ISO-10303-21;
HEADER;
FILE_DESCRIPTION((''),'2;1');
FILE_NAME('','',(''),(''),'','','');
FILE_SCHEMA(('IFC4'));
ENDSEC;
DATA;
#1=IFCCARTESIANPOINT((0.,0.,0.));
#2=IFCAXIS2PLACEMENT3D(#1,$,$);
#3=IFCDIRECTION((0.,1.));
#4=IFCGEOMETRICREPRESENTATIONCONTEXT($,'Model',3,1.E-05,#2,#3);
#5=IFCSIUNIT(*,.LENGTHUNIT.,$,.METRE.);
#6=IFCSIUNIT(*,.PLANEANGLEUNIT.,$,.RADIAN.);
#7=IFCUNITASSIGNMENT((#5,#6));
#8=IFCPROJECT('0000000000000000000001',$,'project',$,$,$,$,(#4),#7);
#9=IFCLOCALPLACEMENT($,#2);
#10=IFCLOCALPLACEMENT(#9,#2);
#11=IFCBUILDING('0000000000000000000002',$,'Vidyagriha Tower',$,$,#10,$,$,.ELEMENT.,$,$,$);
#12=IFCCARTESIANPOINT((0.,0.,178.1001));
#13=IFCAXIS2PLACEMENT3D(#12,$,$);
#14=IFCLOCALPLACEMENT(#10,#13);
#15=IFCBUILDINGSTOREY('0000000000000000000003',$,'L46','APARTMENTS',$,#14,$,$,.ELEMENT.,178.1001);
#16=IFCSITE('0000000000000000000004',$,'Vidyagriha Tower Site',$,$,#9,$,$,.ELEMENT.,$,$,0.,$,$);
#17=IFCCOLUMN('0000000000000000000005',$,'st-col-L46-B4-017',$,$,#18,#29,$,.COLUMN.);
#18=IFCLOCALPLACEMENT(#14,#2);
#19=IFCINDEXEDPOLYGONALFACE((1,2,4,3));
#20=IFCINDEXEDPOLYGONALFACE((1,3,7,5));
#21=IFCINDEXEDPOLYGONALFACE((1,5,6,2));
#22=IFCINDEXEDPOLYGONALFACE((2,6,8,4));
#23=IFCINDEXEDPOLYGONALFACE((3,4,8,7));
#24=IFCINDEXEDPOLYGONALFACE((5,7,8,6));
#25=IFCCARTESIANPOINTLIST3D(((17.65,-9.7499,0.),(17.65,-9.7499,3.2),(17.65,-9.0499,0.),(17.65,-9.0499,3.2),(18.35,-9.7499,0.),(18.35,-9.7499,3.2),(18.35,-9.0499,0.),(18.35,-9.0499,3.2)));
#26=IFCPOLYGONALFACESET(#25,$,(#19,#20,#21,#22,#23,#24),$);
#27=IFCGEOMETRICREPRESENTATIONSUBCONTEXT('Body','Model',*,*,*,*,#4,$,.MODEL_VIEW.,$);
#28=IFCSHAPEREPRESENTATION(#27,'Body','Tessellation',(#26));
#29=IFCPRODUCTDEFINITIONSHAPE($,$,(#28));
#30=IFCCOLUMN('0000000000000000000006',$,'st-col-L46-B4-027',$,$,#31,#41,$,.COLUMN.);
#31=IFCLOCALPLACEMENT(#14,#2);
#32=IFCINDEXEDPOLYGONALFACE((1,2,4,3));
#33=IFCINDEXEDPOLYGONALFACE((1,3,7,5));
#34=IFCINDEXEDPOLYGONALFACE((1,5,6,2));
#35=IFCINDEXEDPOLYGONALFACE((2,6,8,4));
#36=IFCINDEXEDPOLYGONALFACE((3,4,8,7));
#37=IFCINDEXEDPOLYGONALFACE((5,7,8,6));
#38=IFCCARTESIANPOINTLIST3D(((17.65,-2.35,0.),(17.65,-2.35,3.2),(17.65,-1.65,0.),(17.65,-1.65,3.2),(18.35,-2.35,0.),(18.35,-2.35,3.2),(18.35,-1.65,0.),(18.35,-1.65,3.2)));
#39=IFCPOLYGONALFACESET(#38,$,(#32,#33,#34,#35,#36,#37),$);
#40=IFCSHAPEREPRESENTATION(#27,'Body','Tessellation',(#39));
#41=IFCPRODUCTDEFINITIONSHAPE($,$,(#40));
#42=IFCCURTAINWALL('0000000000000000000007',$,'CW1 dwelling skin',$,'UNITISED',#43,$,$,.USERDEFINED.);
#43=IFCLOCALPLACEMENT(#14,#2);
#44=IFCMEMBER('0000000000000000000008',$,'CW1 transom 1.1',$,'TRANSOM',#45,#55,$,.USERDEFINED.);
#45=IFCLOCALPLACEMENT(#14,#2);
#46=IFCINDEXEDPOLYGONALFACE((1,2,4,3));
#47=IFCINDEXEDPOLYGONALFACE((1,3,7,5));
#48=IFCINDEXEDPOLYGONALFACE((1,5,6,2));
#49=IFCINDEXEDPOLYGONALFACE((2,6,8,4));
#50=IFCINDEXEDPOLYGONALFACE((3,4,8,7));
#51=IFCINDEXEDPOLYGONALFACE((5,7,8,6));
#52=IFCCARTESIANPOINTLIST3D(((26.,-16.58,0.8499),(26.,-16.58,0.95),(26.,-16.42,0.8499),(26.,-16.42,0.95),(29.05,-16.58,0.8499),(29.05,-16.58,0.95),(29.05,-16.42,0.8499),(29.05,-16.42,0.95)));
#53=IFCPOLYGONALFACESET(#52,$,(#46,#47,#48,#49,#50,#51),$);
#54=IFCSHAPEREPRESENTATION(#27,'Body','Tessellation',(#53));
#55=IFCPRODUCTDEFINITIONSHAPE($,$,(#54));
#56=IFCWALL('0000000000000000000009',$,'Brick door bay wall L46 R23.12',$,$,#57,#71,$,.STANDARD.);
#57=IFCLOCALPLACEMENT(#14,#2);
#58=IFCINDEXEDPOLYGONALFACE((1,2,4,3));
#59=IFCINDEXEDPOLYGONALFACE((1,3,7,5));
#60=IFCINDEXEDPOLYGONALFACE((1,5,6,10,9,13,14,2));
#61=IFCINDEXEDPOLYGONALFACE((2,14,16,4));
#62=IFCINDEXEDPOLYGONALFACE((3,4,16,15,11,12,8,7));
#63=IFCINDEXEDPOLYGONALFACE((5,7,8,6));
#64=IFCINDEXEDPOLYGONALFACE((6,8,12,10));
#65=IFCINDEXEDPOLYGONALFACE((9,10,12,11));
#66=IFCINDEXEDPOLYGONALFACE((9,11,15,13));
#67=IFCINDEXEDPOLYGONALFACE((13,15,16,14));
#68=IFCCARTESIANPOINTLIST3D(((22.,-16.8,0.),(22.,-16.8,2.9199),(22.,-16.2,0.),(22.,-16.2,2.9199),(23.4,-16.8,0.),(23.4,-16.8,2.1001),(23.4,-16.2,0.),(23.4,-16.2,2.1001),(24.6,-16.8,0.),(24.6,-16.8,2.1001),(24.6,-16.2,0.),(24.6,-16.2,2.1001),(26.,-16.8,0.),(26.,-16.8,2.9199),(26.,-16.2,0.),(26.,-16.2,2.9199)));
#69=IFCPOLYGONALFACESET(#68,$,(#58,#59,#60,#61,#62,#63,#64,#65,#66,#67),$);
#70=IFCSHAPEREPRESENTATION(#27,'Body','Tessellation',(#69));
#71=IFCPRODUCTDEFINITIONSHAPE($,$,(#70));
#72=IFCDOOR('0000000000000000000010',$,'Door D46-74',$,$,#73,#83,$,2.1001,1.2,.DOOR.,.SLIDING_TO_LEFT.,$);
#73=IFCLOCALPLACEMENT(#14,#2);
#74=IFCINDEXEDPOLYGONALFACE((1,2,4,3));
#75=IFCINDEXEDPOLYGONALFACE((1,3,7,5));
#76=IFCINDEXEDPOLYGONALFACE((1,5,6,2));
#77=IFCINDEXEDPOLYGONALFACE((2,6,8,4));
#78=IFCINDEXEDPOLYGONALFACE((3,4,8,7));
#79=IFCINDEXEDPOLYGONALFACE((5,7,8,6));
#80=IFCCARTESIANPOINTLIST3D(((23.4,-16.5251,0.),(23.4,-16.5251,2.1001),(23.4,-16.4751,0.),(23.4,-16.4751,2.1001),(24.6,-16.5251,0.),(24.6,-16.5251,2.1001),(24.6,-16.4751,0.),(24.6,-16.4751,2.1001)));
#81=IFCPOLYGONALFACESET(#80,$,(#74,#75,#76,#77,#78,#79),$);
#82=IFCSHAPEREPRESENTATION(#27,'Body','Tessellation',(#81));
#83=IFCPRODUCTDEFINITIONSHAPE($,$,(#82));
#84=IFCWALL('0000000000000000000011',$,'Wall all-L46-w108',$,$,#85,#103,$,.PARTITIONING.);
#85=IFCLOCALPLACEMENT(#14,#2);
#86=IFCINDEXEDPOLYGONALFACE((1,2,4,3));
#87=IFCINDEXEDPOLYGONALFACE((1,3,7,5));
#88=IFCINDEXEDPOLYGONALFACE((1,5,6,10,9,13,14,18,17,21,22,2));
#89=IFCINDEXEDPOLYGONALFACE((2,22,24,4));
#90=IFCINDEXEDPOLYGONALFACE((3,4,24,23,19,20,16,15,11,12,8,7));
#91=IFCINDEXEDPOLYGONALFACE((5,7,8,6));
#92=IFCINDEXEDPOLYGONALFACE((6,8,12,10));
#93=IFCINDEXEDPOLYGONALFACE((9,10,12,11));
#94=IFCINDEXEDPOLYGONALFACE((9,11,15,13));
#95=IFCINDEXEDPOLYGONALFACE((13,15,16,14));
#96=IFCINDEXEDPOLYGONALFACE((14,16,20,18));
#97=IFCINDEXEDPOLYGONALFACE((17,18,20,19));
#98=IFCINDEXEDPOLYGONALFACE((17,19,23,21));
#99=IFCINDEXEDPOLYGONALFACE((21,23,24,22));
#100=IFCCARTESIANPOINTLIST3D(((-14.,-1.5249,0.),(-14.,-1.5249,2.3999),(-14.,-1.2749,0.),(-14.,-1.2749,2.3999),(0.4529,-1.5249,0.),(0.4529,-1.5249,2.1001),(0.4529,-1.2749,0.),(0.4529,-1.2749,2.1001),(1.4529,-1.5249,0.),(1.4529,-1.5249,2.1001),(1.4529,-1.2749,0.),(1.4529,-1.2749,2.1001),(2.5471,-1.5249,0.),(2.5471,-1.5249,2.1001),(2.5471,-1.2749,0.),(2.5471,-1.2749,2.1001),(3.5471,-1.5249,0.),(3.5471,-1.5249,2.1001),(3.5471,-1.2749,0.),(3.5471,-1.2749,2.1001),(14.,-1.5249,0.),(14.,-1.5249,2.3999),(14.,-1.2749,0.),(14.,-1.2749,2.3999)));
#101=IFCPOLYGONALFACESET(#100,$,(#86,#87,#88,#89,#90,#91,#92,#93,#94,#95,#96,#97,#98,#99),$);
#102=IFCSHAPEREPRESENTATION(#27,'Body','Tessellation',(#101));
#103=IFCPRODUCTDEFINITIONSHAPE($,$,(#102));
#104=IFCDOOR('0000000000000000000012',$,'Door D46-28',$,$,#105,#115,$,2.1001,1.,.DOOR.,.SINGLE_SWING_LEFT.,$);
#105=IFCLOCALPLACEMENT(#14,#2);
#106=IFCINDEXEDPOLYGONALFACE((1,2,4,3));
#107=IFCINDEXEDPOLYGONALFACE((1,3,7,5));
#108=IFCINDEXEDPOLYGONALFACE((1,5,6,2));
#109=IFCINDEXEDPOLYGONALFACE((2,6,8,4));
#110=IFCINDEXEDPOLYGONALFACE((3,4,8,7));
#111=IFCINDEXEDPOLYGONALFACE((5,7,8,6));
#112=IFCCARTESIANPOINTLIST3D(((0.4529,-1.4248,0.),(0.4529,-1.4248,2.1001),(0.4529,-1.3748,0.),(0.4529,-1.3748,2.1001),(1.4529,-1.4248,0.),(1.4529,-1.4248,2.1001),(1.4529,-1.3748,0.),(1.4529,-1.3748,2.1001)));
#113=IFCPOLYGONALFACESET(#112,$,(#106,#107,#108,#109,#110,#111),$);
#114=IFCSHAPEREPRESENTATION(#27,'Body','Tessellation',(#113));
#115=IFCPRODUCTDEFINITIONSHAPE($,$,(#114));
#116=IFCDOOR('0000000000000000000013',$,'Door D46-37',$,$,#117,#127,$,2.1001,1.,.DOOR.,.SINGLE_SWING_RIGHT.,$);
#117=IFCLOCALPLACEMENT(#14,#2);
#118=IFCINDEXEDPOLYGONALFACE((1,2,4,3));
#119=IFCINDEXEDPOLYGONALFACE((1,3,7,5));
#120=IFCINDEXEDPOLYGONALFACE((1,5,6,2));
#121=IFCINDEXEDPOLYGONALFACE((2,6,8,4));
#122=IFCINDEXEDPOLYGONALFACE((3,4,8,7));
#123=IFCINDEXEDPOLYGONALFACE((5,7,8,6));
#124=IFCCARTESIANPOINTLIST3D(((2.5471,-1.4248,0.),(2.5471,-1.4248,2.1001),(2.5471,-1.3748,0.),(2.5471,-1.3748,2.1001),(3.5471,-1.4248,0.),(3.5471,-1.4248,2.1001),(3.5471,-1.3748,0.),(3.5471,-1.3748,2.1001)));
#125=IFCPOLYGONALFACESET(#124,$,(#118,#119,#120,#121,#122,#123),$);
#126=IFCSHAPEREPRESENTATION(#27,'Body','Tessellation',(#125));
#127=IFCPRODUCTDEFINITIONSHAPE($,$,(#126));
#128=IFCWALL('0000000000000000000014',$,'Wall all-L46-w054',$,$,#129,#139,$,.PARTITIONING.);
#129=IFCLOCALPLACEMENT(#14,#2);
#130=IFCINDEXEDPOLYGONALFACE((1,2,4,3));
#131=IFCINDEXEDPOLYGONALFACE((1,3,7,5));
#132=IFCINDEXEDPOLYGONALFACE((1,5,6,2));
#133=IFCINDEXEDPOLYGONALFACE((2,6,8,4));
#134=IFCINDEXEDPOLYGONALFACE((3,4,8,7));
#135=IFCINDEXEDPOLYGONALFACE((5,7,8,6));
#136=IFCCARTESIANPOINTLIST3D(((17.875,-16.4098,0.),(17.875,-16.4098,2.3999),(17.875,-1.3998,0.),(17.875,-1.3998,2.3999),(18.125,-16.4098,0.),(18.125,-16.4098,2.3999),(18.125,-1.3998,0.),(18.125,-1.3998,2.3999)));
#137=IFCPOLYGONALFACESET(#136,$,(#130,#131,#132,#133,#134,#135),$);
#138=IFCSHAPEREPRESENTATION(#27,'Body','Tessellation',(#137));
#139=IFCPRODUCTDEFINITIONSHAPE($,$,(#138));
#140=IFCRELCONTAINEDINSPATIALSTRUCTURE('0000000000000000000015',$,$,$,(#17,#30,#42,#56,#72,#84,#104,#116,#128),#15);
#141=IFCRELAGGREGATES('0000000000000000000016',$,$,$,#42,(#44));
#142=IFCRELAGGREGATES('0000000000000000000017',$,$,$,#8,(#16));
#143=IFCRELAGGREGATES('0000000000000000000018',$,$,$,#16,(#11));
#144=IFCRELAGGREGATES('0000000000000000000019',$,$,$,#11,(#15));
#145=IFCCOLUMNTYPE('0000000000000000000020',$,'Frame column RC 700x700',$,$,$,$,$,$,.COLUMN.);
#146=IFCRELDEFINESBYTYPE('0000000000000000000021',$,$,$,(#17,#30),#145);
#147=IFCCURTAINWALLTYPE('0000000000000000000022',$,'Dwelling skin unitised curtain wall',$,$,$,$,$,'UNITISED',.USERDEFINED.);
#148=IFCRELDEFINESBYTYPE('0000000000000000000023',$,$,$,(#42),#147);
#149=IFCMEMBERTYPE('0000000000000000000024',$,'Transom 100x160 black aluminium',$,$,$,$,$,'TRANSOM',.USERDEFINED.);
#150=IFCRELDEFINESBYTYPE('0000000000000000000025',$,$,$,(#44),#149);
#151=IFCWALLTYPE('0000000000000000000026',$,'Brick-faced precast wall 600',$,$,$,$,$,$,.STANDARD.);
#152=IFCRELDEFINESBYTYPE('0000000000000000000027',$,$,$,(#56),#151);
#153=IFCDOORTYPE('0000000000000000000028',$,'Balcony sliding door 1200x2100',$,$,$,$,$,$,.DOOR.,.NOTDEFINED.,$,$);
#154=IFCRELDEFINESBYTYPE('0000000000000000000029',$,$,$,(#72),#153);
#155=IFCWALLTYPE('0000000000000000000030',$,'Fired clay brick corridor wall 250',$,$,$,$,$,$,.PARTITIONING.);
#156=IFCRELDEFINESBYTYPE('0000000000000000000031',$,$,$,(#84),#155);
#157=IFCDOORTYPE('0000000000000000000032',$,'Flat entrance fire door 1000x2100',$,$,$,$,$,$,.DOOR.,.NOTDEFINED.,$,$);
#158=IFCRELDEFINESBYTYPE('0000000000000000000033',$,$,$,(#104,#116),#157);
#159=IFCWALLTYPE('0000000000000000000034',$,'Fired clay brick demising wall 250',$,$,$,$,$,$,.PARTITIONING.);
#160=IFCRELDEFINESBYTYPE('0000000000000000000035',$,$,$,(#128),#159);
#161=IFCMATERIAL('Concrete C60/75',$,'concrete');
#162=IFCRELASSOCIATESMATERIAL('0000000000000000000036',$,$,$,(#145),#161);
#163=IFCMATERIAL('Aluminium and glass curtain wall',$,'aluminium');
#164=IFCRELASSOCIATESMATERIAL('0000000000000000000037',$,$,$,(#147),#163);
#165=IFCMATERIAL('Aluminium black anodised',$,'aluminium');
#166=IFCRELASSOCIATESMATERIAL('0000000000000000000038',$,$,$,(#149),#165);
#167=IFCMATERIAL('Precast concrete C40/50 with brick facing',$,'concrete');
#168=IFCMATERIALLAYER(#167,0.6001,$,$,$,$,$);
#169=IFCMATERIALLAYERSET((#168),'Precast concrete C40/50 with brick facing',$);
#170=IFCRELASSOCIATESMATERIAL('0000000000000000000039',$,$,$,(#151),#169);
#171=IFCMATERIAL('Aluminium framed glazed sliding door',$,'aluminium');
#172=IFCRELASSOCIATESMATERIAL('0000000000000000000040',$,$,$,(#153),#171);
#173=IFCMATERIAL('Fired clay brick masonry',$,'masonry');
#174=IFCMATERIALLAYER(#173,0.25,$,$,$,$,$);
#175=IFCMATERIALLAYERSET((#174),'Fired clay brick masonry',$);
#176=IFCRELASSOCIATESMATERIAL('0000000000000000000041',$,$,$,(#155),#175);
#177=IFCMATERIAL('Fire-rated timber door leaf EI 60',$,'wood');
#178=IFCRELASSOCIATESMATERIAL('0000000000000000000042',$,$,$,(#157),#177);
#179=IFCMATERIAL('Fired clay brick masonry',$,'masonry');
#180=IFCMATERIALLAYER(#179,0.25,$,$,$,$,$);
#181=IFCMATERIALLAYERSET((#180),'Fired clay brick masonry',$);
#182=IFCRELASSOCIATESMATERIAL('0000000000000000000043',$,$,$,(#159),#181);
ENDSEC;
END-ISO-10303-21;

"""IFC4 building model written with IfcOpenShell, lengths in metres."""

from ifc_helpers import new_model, si_unit, direction, frame, frame_2d, origin, origin_2d, place, context, subcontext, project, spatial, rectangle, extrude, material, layer, layer_set, material_profile, profile_set, type_object, element, fill, aggregate, save


model = new_model("IFC4")

# Units and contexts
model_context = context("Model", 3, precision=1e-05, world=origin(), true_north=direction((0.0, 1.0)))
body_context = subcontext(model_context, "Body", "Model", "MODEL_VIEW")
ifc_project = project(units=[si_unit("LENGTHUNIT", "METRE"), si_unit("PLANEANGLEUNIT", "RADIAN")], contexts=[model_context])

# Site, building, storey
site_placement = place(None, origin())
site = spatial("IfcSite", under=ifc_project, at=site_placement, Name="Vidyagriha Tower Site", CompositionType="ELEMENT", RefElevation=0.0)
building_placement = place(site_placement, origin())
building = spatial("IfcBuilding", under=site, at=building_placement, Name="Vidyagriha Tower", CompositionType="ELEMENT")
storey_placement = place(building_placement, frame((0.0, 0.0, 178.1001)))
storey = spatial("IfcBuildingStorey", under=building, at=storey_placement, Name="L46", Description="APARTMENTS", CompositionType="ELEMENT", Elevation=178.1001)

# Columns
ifc_material_1 = material(Name="Concrete C60/75", Category="concrete")
ifc_material_profile_1 = material_profile(ifc_material_1, rectangle(XDim=0.7, YDim=0.7, at=origin_2d()), Name="RC 700x700")
ifc_profile_set_1 = profile_set([ifc_material_profile_1], Name="Concrete C60/75")
column_type = type_object("IfcColumnType", Name="Frame column RC 700x700", PredefinedType="COLUMN", material=ifc_profile_set_1)
for number, where, name in (
    (1, (18.0, -9.3999, 0.0), "st-col-L46-B4-017"),
    (2, (18.0, -2.0, 0.0), "st-col-L46-B4-027"),
):
    element("IfcColumn", number, at=place(storey_placement, frame(where)), inside=storey, type_object=column_type, Name=name, PredefinedType="COLUMN", context=body_context, shape_type="SweptSolid", body=[
        extrude(rectangle(XDim=0.7, YDim=0.7, at=origin_2d()), origin(), (0.0, 0.0, 1.0), 3.2),
    ])

# Curtain wall, member
ifc_material_2 = material(Name="Aluminium and glass curtain wall", Category="aluminium")
curtain_wall_type = type_object("IfcCurtainWallType", Name="Dwelling skin unitised curtain wall", ElementType="UNITISED", PredefinedType="USERDEFINED", material=ifc_material_2)
curtain_wall_placement = place(storey_placement, origin())
curtain_wall = element("IfcCurtainWall", 3, at=curtain_wall_placement, inside=storey, type_object=curtain_wall_type, Name="CW1 dwelling skin", ObjectType="UNITISED", PredefinedType="USERDEFINED")
ifc_material_3 = material(Name="Aluminium black anodised", Category="aluminium")
ifc_material_profile_2 = material_profile(ifc_material_3, rectangle(XDim=0.1599, YDim=0.1001, at=origin_2d()), Name="Transom 100x160 black aluminium")
ifc_profile_set_2 = profile_set([ifc_material_profile_2], Name="Aluminium black anodised")
member_type = type_object("IfcMemberType", Name="Transom 100x160 black aluminium", ElementType="TRANSOM", PredefinedType="USERDEFINED", material=ifc_profile_set_2)
member_placement = place(storey_placement, frame((26.0, -16.5, 0.8999), z_axis=(1.0, 0.0, 0.0), x_axis=(0.0, 1.0, 0.0)))
member = element("IfcMember", 4, at=member_placement, type_object=member_type, Name="CW1 transom 1.1", ObjectType="TRANSOM", PredefinedType="USERDEFINED", context=body_context, shape_type="SweptSolid", body=[
    extrude(rectangle(XDim=0.1599, YDim=0.1001, at=origin_2d()), origin(), (0.0, 0.0, 1.0), 3.05),
])
aggregate(curtain_wall, [member])

# Wall, opening, door
ifc_material_4 = material(Name="Precast concrete C40/50 with brick facing", Category="concrete")
ifc_layer_1 = layer(ifc_material_4, 0.6001)
ifc_layer_set_1 = layer_set([ifc_layer_1], Name="Precast concrete C40/50 with brick facing")
wall_type_1 = type_object("IfcWallType", Name="Brick-faced precast wall 600", PredefinedType="STANDARD", material=ifc_layer_set_1)
wall_1_placement = place(storey_placement, frame((22.0, -16.5, 0.0)))
wall_1 = element("IfcWall", 5, at=wall_1_placement, inside=storey, type_object=wall_type_1, Name="Brick door bay wall L46 R23.12", PredefinedType="STANDARD", context=body_context, shape_type="SweptSolid", body=[
    extrude(rectangle(XDim=4.0, YDim=0.6001, at=frame_2d((2.0, 0.0))), origin(), (0.0, 0.0, 1.0), 2.9199),
])
opening_1_placement = place(wall_1_placement, frame((1.3999, 0.0, 0.0)))
opening_1 = element("IfcOpeningElement", 6, at=opening_1_placement, cuts=wall_1, PredefinedType="OPENING", context=body_context, shape_type="SweptSolid", body=[
    extrude(rectangle(XDim=1.2, YDim=2.1001, at=frame_2d((0.6001, 1.05))), frame((0.0, 0.3101, 0.0), z_axis=(0.0, -1.0, 0.0), x_axis=(1.0, 0.0, 0.0)), (0.0, 0.0, 1.0), 0.6201),
])
ifc_material_5 = material(Name="Aluminium framed glazed sliding door", Category="aluminium")
door_type_1 = type_object("IfcDoorType", Name="Balcony sliding door 1200x2100", OperationType="NOTDEFINED", PredefinedType="DOOR", material=ifc_material_5)
door_1_placement = place(opening_1_placement, origin())
door_1 = element("IfcDoor", 7, at=door_1_placement, inside=storey, type_object=door_type_1, Name="Door D46-74", OperationType="SLIDING_TO_LEFT", OverallHeight=2.1001, OverallWidth=1.2, PredefinedType="DOOR", context=body_context, shape_type="SweptSolid", body=[
    extrude(rectangle(XDim=1.2, YDim=2.1001, at=frame_2d((0.6001, 1.05))), frame((0.0, 0.0249, 0.0), z_axis=(0.0, -1.0, 0.0), x_axis=(1.0, 0.0, 0.0)), (0.0, 0.0, 1.0), 0.05),
])
fill(opening_1, door_1)

# Wall, openings, doors
ifc_material_6 = material(Name="Fired clay brick masonry", Category="masonry")
ifc_layer_2 = layer(ifc_material_6, 0.25)
ifc_layer_set_2 = layer_set([ifc_layer_2], Name="Fired clay brick masonry")
wall_type_2 = type_object("IfcWallType", Name="Fired clay brick corridor wall 250", PredefinedType="PARTITIONING", material=ifc_layer_set_2)
wall_2_placement = place(storey_placement, frame((14.0, -1.3999, 0.0), z_axis=(0.0, 0.0, 1.0), x_axis=(-1.0, 0.0, 0.0)))
wall_2 = element("IfcWall", 8, at=wall_2_placement, inside=storey, type_object=wall_type_2, Name="Wall all-L46-w108", PredefinedType="PARTITIONING", context=body_context, shape_type="SweptSolid", body=[
    extrude(rectangle(XDim=28.0, YDim=0.25, at=frame_2d((14.0, 0.0))), origin(), (0.0, 0.0, 1.0), 2.3999),
])
opening_2_placement = place(wall_2_placement, frame((12.5471, 0.0, 0.0)))
opening_2 = element("IfcOpeningElement", 9, at=opening_2_placement, cuts=wall_2, PredefinedType="OPENING", context=body_context, shape_type="SweptSolid", body=[
    extrude(rectangle(XDim=1.0, YDim=2.1001, at=frame_2d((0.5, 1.05))), frame((0.0, 0.135, 0.0), z_axis=(0.0, -1.0, 0.0), x_axis=(1.0, 0.0, 0.0)), (0.0, 0.0, 1.0), 0.27),
])
opening_3_placement = place(wall_2_placement, frame((10.4529, 0.0, 0.0)))
opening_3 = element("IfcOpeningElement", 10, at=opening_3_placement, cuts=wall_2, PredefinedType="OPENING", context=body_context, shape_type="SweptSolid", body=[
    extrude(rectangle(XDim=1.0, YDim=2.1001, at=frame_2d((0.5, 1.05))), frame((0.0, 0.135, 0.0), z_axis=(0.0, -1.0, 0.0), x_axis=(1.0, 0.0, 0.0)), (0.0, 0.0, 1.0), 0.27),
])
ifc_material_7 = material(Name="Fire-rated timber door leaf EI 60", Category="wood")
door_type_2 = type_object("IfcDoorType", Name="Flat entrance fire door 1000x2100", OperationType="NOTDEFINED", PredefinedType="DOOR", material=ifc_material_7)
door_2_placement = place(opening_2_placement, origin())
door_2 = element("IfcDoor", 11, at=door_2_placement, inside=storey, type_object=door_type_2, Name="Door D46-28", OperationType="SINGLE_SWING_LEFT", OverallHeight=2.1001, OverallWidth=1.0, PredefinedType="DOOR", context=body_context, shape_type="SweptSolid", body=[
    extrude(rectangle(XDim=1.0, YDim=2.1001, at=frame_2d((0.5, 1.05))), frame((0.0, 0.0249, 0.0), z_axis=(0.0, -1.0, 0.0), x_axis=(1.0, 0.0, 0.0)), (0.0, 0.0, 1.0), 0.05),
])
fill(opening_2, door_2)
door_3_placement = place(opening_3_placement, origin())
door_3 = element("IfcDoor", 12, at=door_3_placement, inside=storey, type_object=door_type_2, Name="Door D46-37", OperationType="SINGLE_SWING_RIGHT", OverallHeight=2.1001, OverallWidth=1.0, PredefinedType="DOOR", context=body_context, shape_type="SweptSolid", body=[
    extrude(rectangle(XDim=1.0, YDim=2.1001, at=frame_2d((0.5, 1.05))), frame((0.0, 0.0249, 0.0), z_axis=(0.0, -1.0, 0.0), x_axis=(1.0, 0.0, 0.0)), (0.0, 0.0, 1.0), 0.05),
])
fill(opening_3, door_3)

# Wall
ifc_material_8 = material(Name="Fired clay brick masonry", Category="masonry")
ifc_layer_3 = layer(ifc_material_8, 0.25)
ifc_layer_set_3 = layer_set([ifc_layer_3], Name="Fired clay brick masonry")
wall_type_3 = type_object("IfcWallType", Name="Fired clay brick demising wall 250", PredefinedType="PARTITIONING", material=ifc_layer_set_3)
wall_3_placement = place(storey_placement, frame((18.0, -1.3999, 0.0), z_axis=(0.0, 0.0, 1.0), x_axis=(0.0, -1.0, 0.0)))
element("IfcWall", 13, at=wall_3_placement, inside=storey, type_object=wall_type_3, Name="Wall all-L46-w054", PredefinedType="PARTITIONING", context=body_context, shape_type="SweptSolid", body=[
    extrude(rectangle(XDim=15.01, YDim=0.25, at=frame_2d((7.5049, 0.0))), origin(), (0.0, 0.0, 1.0), 2.3999),
])

save(model, "model.ifc")
